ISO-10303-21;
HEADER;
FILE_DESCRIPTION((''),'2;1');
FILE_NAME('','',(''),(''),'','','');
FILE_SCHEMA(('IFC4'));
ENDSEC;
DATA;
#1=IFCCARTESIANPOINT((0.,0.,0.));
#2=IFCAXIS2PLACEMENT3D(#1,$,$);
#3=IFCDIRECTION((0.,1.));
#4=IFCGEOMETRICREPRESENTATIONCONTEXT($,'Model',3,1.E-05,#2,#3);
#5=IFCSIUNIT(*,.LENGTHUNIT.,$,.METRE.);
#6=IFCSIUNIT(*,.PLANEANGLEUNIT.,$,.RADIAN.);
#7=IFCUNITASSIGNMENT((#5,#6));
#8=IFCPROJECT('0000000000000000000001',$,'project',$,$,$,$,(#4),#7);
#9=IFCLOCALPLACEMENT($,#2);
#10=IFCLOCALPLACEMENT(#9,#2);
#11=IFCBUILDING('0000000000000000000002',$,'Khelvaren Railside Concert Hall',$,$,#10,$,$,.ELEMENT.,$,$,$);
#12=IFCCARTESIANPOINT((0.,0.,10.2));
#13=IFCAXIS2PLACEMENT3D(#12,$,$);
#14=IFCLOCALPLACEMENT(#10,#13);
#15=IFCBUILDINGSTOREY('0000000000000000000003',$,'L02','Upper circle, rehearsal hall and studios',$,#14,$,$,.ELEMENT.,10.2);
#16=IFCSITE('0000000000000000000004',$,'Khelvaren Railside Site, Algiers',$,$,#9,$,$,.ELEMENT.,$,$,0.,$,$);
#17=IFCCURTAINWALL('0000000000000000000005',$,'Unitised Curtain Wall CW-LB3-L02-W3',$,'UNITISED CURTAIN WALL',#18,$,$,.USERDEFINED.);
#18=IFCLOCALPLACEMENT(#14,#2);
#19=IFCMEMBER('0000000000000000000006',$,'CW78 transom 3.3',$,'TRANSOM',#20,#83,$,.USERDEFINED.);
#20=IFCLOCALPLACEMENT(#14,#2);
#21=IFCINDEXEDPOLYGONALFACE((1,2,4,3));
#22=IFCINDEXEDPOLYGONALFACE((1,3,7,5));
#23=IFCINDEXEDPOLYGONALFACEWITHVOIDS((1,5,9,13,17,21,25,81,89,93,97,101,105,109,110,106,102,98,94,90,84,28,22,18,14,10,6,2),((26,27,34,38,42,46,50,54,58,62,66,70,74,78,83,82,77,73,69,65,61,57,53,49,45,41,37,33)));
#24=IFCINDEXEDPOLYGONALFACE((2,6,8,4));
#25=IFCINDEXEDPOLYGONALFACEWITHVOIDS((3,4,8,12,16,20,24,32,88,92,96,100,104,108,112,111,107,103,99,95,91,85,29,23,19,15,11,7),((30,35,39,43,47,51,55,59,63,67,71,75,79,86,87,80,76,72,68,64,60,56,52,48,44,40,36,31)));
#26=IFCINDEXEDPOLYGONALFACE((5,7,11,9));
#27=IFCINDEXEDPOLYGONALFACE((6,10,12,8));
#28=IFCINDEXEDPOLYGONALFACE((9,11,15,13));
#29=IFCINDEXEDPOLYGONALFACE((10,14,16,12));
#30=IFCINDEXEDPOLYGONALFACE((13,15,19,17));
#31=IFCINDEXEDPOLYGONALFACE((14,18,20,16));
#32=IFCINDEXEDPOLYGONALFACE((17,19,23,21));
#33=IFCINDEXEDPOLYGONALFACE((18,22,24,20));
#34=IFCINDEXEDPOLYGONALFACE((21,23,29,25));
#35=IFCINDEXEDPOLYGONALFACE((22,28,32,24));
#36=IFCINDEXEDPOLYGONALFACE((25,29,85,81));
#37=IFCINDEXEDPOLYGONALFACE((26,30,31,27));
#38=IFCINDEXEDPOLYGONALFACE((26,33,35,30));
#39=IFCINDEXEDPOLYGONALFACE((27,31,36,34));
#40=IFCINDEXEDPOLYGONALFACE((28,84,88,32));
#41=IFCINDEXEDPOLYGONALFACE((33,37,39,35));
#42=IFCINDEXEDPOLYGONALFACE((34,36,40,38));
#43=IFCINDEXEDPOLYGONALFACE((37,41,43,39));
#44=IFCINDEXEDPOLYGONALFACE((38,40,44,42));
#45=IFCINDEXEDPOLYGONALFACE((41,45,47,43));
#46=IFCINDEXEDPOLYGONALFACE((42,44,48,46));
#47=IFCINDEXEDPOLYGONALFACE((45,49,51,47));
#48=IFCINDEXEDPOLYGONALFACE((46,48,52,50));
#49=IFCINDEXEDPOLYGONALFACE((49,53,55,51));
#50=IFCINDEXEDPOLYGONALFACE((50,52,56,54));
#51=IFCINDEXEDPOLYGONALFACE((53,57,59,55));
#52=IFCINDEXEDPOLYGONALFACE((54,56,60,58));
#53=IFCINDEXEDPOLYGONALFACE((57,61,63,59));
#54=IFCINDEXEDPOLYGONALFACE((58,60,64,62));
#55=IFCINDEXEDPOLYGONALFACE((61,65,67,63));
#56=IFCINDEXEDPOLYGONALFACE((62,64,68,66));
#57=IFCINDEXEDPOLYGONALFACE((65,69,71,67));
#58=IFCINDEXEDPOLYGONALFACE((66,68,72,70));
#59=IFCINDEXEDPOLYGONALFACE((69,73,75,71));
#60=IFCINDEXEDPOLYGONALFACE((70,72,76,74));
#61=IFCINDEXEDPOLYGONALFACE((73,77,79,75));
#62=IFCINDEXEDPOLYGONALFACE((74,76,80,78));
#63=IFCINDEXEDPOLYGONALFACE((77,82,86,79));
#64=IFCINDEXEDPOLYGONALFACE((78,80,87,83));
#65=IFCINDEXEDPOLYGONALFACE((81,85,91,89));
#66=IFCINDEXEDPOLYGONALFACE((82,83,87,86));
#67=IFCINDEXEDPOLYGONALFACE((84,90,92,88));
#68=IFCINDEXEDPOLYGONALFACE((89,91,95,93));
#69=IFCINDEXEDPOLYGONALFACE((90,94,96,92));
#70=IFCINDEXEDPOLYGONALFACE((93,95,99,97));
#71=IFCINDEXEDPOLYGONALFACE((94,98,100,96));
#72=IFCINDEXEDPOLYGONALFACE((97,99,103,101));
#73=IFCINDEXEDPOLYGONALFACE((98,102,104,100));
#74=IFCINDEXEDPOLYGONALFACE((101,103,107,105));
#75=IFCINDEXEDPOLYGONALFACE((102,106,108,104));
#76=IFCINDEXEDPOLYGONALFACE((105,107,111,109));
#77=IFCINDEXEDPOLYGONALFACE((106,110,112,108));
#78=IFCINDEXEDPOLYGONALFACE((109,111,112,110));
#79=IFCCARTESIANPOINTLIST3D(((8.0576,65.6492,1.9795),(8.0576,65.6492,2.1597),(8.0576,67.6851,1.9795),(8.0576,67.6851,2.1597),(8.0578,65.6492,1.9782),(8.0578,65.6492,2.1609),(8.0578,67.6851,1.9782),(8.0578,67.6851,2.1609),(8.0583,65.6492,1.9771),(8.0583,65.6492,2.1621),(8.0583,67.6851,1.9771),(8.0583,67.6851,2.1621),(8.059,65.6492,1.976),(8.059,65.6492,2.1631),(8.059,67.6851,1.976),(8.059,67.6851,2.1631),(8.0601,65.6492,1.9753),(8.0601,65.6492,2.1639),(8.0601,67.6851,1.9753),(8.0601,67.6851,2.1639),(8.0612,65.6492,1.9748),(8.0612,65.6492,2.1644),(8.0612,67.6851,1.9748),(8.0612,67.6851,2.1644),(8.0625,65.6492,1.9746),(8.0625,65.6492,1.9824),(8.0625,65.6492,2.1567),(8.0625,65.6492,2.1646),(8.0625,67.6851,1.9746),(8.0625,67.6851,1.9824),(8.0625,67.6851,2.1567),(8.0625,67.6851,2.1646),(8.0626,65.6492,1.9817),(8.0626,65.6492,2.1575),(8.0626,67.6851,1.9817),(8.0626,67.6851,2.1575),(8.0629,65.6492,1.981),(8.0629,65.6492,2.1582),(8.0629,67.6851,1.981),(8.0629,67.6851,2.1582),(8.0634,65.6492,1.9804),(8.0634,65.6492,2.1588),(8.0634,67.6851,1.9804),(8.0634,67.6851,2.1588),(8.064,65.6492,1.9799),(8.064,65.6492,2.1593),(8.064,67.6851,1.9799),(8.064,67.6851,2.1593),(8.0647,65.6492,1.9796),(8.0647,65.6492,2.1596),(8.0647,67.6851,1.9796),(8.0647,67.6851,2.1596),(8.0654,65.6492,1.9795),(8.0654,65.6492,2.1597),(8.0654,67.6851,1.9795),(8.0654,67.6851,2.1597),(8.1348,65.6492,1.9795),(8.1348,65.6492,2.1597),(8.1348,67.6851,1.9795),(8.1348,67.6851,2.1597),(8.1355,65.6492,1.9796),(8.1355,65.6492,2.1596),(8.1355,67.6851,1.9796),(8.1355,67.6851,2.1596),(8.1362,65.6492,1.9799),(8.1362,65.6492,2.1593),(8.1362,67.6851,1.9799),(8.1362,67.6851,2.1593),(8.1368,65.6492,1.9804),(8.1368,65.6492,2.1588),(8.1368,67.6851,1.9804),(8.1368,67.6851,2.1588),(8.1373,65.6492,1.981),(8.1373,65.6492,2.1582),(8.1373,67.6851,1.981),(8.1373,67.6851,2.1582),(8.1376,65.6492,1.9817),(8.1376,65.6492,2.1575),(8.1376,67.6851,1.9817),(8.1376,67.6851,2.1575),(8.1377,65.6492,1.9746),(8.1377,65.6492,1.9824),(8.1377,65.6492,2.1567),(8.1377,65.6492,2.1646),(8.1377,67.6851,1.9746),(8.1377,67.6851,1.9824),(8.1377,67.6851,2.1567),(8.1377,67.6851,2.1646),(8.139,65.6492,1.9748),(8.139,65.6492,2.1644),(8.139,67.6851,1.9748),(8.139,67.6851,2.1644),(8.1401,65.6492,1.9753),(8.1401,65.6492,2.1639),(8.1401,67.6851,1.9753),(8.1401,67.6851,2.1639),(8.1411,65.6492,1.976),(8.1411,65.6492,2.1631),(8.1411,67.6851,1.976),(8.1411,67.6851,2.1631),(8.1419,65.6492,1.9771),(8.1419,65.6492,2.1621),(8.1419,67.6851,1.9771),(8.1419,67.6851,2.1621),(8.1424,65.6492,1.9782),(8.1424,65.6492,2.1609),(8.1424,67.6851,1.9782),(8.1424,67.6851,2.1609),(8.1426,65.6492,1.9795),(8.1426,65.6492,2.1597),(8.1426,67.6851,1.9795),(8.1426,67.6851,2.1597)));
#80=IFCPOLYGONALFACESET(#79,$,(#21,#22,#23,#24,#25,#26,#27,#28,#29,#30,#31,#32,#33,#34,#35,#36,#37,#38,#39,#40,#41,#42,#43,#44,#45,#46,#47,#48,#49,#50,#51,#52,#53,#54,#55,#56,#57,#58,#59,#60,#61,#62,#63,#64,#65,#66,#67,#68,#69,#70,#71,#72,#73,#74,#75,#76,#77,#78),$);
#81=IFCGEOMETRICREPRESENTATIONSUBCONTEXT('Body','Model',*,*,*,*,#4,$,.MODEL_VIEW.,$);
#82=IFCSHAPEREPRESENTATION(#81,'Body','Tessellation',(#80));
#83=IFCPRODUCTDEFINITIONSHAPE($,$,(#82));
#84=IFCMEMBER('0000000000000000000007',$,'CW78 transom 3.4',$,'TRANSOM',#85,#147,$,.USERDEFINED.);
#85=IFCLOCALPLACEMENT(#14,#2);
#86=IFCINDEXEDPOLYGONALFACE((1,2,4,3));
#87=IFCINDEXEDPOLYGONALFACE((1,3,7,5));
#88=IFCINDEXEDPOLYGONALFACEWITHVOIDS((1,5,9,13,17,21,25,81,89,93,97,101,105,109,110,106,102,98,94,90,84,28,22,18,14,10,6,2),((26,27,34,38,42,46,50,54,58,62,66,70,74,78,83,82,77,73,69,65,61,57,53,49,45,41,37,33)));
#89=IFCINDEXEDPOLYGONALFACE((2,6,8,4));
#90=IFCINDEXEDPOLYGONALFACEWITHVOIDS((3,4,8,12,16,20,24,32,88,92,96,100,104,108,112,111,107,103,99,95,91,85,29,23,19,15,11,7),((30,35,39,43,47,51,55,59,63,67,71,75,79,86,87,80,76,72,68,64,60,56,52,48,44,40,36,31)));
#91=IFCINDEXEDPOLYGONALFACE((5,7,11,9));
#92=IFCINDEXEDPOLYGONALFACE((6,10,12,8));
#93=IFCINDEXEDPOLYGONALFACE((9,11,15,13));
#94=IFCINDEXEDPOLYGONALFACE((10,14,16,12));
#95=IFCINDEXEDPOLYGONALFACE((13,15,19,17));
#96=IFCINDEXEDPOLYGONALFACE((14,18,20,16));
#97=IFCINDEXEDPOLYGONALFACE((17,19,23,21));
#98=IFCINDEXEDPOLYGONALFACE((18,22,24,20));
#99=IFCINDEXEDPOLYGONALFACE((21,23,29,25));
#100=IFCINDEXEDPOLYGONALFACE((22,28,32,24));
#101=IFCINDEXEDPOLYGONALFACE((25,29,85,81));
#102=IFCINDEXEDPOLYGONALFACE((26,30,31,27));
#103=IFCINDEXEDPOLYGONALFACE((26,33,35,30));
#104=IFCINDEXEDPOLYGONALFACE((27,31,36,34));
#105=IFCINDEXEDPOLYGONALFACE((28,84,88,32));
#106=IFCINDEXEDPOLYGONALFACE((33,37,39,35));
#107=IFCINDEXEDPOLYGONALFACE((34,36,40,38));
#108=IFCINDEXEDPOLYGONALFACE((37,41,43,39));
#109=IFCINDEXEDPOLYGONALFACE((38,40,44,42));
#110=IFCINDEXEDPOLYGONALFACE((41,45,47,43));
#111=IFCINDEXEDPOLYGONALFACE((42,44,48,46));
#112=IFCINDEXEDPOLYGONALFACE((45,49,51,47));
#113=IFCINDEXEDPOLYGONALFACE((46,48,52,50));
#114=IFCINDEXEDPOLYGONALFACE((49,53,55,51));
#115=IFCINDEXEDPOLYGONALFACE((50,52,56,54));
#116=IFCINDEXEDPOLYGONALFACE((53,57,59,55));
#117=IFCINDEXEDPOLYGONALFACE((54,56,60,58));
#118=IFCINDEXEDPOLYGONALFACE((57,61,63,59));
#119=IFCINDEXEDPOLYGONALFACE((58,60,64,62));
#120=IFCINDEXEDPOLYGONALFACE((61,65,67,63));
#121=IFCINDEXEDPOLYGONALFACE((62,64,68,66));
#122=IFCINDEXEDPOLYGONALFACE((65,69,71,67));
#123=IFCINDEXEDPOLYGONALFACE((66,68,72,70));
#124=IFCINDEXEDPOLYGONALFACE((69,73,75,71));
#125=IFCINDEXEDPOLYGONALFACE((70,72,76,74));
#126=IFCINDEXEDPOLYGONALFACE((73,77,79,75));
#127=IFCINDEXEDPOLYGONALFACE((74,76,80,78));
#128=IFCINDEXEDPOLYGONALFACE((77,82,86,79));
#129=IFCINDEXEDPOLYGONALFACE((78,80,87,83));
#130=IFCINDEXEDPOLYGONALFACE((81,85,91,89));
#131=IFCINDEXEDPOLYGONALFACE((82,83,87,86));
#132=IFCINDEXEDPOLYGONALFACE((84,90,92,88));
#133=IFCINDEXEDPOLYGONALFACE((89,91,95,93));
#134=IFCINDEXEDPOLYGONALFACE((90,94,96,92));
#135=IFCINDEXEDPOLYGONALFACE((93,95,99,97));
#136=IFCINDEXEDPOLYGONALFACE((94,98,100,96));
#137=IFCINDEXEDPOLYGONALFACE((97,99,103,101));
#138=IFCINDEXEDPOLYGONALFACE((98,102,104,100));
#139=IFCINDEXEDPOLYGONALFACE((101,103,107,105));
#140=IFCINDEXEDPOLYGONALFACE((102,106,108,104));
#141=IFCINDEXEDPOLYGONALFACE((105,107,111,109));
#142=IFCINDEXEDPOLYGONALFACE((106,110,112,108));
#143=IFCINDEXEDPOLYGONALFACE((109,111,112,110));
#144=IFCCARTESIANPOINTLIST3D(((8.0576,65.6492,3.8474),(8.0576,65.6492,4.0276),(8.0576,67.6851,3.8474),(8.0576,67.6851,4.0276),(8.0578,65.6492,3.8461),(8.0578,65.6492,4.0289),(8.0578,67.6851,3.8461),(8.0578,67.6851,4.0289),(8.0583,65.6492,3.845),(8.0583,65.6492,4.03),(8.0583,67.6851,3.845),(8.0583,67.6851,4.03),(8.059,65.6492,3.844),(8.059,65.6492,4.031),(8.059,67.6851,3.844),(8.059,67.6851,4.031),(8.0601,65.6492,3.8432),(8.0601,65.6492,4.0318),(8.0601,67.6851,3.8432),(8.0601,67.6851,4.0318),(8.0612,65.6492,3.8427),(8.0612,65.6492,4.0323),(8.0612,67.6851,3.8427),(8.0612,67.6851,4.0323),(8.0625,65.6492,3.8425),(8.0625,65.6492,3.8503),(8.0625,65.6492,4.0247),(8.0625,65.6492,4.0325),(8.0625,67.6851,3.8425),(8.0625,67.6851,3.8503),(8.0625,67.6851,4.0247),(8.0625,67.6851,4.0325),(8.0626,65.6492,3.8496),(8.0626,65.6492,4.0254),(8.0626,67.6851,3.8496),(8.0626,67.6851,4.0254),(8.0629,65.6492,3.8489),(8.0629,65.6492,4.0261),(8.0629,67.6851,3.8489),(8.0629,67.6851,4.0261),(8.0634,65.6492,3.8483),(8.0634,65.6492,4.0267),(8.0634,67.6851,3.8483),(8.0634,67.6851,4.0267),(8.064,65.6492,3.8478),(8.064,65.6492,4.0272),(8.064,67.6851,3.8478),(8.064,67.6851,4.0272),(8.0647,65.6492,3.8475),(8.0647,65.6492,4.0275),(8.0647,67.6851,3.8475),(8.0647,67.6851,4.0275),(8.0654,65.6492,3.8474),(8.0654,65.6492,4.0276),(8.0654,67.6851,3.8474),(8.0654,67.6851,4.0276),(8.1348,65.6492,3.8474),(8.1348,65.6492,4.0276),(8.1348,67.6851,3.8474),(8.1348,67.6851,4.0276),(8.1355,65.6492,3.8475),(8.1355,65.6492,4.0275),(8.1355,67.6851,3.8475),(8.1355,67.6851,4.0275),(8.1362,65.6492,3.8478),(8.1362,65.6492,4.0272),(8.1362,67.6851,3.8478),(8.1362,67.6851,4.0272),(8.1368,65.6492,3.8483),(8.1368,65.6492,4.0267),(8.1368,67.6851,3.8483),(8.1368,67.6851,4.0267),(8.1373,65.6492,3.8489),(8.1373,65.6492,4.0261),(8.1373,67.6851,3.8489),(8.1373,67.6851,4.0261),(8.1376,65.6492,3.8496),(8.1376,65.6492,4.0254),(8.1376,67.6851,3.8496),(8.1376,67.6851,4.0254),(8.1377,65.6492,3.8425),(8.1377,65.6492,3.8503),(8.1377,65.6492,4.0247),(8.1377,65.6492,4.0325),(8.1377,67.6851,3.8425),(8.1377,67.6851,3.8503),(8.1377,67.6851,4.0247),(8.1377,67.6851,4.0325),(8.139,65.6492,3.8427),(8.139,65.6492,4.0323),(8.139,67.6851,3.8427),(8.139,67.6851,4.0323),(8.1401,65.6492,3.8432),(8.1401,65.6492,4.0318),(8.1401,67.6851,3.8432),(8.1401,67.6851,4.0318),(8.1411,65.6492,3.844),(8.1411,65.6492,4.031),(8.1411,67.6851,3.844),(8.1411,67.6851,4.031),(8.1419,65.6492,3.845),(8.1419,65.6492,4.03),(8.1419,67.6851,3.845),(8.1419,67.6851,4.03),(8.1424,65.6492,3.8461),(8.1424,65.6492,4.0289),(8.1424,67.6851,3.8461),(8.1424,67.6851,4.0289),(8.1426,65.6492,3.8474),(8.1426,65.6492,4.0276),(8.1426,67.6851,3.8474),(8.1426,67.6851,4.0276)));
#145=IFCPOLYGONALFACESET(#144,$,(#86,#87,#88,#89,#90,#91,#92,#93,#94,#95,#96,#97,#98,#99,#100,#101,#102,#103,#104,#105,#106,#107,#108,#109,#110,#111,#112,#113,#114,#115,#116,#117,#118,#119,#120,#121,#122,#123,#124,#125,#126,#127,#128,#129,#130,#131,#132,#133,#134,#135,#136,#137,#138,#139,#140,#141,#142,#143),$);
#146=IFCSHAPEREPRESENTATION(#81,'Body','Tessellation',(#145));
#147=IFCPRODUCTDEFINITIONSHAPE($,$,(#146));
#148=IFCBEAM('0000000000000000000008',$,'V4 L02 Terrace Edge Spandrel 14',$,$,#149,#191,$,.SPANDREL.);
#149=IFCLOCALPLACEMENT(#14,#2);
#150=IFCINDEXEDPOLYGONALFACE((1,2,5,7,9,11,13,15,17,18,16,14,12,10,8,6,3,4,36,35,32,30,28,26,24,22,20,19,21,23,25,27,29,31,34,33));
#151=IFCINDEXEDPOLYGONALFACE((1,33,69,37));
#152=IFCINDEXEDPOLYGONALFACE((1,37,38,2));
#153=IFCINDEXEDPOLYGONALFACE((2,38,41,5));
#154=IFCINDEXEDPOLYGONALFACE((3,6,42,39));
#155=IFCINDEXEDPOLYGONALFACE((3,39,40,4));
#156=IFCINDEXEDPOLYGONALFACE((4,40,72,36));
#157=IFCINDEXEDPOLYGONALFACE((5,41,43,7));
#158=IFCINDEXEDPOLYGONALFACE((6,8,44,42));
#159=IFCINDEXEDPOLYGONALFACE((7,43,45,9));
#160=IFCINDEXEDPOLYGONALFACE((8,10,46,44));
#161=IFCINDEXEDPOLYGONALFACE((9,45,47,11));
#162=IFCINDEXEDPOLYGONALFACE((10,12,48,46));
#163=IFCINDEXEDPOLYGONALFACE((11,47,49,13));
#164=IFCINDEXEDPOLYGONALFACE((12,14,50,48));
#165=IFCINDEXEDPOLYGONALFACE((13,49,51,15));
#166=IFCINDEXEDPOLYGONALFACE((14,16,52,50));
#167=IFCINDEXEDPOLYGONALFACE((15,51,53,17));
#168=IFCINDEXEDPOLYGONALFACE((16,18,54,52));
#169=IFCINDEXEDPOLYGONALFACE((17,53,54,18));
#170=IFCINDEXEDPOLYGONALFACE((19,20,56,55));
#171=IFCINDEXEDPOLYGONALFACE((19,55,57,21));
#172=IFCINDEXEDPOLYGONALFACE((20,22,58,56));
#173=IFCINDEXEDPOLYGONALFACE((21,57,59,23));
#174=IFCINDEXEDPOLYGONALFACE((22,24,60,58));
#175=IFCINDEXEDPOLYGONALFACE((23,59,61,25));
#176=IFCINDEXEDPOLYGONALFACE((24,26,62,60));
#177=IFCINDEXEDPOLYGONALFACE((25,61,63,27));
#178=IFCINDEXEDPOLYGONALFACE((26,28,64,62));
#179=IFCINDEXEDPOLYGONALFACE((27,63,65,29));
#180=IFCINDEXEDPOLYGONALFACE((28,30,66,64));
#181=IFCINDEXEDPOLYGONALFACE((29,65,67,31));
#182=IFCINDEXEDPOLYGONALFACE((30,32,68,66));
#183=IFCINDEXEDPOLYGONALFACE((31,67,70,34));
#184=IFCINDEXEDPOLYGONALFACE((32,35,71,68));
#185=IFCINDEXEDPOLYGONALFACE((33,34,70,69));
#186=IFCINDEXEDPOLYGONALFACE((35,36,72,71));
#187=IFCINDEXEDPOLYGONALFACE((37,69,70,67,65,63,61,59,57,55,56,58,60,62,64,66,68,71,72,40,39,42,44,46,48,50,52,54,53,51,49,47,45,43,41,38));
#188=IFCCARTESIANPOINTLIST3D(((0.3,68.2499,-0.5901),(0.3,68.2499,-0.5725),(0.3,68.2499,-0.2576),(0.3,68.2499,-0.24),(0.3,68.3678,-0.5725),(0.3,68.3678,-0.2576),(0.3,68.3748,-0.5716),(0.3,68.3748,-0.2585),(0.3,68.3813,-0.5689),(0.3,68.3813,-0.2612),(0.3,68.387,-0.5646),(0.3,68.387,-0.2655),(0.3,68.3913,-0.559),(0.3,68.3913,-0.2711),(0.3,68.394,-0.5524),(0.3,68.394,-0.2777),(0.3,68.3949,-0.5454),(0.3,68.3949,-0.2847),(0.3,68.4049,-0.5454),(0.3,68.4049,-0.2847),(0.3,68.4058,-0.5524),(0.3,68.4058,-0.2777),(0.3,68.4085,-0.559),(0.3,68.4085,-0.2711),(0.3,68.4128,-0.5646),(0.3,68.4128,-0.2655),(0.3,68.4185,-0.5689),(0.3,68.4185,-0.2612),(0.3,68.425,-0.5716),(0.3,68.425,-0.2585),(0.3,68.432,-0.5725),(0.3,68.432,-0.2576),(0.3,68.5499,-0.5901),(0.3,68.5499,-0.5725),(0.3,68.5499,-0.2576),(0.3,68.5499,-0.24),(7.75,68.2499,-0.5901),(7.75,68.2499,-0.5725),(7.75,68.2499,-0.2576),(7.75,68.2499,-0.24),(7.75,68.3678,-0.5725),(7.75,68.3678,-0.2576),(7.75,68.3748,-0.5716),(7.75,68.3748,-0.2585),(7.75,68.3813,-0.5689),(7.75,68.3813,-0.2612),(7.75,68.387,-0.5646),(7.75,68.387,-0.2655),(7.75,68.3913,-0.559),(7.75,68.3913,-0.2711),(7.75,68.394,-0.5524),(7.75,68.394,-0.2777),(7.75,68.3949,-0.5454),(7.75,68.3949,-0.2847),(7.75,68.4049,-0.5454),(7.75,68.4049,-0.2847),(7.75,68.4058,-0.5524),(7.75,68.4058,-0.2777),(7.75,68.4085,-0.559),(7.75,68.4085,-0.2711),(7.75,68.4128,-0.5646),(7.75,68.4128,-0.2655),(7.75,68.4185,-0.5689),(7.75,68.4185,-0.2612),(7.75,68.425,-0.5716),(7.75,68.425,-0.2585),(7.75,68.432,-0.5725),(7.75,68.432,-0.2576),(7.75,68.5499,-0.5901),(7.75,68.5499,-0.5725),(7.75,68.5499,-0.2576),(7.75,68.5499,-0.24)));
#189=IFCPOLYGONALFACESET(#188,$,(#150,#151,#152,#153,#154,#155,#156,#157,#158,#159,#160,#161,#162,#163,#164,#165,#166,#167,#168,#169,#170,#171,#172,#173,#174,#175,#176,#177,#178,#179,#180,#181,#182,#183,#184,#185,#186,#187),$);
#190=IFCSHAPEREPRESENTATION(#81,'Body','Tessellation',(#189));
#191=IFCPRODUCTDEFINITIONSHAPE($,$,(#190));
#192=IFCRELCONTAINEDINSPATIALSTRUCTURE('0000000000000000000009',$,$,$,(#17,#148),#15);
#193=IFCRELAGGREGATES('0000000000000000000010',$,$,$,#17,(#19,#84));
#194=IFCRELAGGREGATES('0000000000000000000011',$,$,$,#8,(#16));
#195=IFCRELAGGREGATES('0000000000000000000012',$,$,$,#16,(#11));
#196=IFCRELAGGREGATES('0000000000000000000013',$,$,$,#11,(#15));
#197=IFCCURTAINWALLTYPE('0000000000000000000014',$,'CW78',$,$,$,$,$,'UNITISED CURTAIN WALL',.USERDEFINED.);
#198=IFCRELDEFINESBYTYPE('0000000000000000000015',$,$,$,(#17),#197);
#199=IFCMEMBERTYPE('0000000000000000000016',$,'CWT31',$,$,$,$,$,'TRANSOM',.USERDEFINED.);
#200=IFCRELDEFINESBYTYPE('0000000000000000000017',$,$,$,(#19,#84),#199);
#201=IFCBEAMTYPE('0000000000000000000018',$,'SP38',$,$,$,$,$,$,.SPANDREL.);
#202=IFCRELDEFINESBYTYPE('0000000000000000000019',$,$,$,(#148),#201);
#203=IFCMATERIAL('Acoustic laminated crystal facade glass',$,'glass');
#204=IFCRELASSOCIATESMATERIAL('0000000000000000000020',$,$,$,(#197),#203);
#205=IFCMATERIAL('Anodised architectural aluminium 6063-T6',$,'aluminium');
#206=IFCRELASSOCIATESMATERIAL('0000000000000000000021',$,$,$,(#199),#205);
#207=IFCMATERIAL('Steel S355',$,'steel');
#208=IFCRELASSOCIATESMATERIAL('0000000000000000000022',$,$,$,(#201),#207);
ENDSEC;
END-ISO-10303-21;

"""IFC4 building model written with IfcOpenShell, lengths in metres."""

from ifc_helpers import new_model, si_unit, direction, frame, origin, origin_2d, place, context, subcontext, project, spatial, hollow_rectangle, i_section, extrude, material, material_profile, profile_set, type_object, element, aggregate, save


model = new_model("IFC4")

# Units and contexts
model_context = context("Model", 3, precision=1e-05, world=origin(), true_north=direction((0.0, 1.0)))
body_context = subcontext(model_context, "Body", "Model", "MODEL_VIEW")
ifc_project = project(units=[si_unit("LENGTHUNIT", "METRE"), si_unit("PLANEANGLEUNIT", "RADIAN")], contexts=[model_context])

# Site, building, storey
site_placement = place(None, origin())
site = spatial("IfcSite", under=ifc_project, at=site_placement, Name="Khelvaren Railside Site, Algiers", CompositionType="ELEMENT", RefElevation=0.0)
building_placement = place(site_placement, origin())
building = spatial("IfcBuilding", under=site, at=building_placement, Name="Khelvaren Railside Concert Hall", CompositionType="ELEMENT")
storey_placement = place(building_placement, frame((0.0, 0.0, 10.2)))
storey = spatial("IfcBuildingStorey", under=building, at=storey_placement, Name="L02", Description="Upper circle, rehearsal hall and studios", CompositionType="ELEMENT", Elevation=10.2)

# Shared definitions
ifc_material_1 = material(Name="Anodised architectural aluminium 6063-T6", Category="aluminium")

# Curtain wall, members
ifc_material_2 = material(Name="Acoustic laminated crystal facade glass", Category="glass")
curtain_wall_type_1 = type_object("IfcCurtainWallType", Name="CW78", ElementType="UNITISED CURTAIN WALL", PredefinedType="USERDEFINED", material=ifc_material_2)
curtain_wall_1_placement = place(storey_placement, origin())
curtain_wall_1 = element("IfcCurtainWall", 1, at=curtain_wall_1_placement, inside=storey, type_object=curtain_wall_type_1, Name="Unitised Curtain Wall CW-LB3-L02-W3", ObjectType="UNITISED CURTAIN WALL", PredefinedType="USERDEFINED")
ifc_material_profile_1 = material_profile(ifc_material_1, hollow_rectangle(XDim=0.085, YDim=0.1899, WallThickness=0.0049, InnerFilletRadius=0.0029, OuterFilletRadius=0.0049, at=origin_2d()), Name="CWT 85x190x5")
ifc_profile_set_1 = profile_set([ifc_material_profile_1], Name="Anodised architectural aluminium 6063-T6")
member_type_1 = type_object("IfcMemberType", Name="CWT31", ElementType="TRANSOM", PredefinedType="USERDEFINED", material=ifc_profile_set_1)
member_1_placement = place(storey_placement, frame((8.1001, 65.6492, 2.0696), z_axis=(0.0, 1.0, 0.0), x_axis=(-1.0, 0.0, 0.0)))
member_1 = element("IfcMember", 2, at=member_1_placement, type_object=member_type_1, Name="CW78 transom 3.3", ObjectType="TRANSOM", PredefinedType="USERDEFINED", context=body_context, shape_type="SweptSolid", body=[
    extrude(hollow_rectangle(XDim=0.085, YDim=0.1899, WallThickness=0.0049, InnerFilletRadius=0.0029, OuterFilletRadius=0.0049, at=origin_2d()), origin(), (0.0, 0.0, 1.0), 2.0359),
])
member_2_placement = place(storey_placement, frame((8.1001, 65.6492, 3.9375), z_axis=(0.0, 1.0, 0.0), x_axis=(-1.0, 0.0, 0.0)))
member_2 = element("IfcMember", 3, at=member_2_placement, type_object=member_type_1, Name="CW78 transom 3.4", ObjectType="TRANSOM", PredefinedType="USERDEFINED", context=body_context, shape_type="SweptSolid", body=[
    extrude(hollow_rectangle(XDim=0.085, YDim=0.1899, WallThickness=0.0049, InnerFilletRadius=0.0029, OuterFilletRadius=0.0049, at=origin_2d()), origin(), (0.0, 0.0, 1.0), 2.0359),
])

# Beam
ifc_material_3 = material(Name="Steel S355", Category="steel")
ifc_material_profile_2 = material_profile(ifc_material_3, i_section(OverallWidth=0.3, OverallDepth=0.3501, WebThickness=0.01, FlangeThickness=0.0176, FilletRadius=0.0271, at=origin_2d()), Name="HEA 360")
ifc_profile_set_2 = profile_set([ifc_material_profile_2], Name="Steel S355")
beam_type_1 = type_object("IfcBeamType", Name="SP38", PredefinedType="SPANDREL", material=ifc_profile_set_2)
for number, where, z_axis, x_axis, name in (
    (4, (0.3, 68.3999, -0.415), (1.0, 0.0, 0.0), (0.0, 1.0, 0.0), "V4 L02 Terrace Edge Spandrel 14"),
):
    element("IfcBeam", number, at=place(storey_placement, frame(where, z_axis=z_axis, x_axis=x_axis)), inside=storey, type_object=beam_type_1, Name=name, PredefinedType="SPANDREL", context=body_context, shape_type="SweptSolid", body=[
        extrude(i_section(OverallWidth=0.3, OverallDepth=0.3501, WebThickness=0.01, FlangeThickness=0.0176, FilletRadius=0.0271, at=origin_2d()), origin(), (0.0, 0.0, 1.0), 7.45),
    ])

aggregate(curtain_wall_1, [member_1, member_2])

save(model, "model.ifc")
